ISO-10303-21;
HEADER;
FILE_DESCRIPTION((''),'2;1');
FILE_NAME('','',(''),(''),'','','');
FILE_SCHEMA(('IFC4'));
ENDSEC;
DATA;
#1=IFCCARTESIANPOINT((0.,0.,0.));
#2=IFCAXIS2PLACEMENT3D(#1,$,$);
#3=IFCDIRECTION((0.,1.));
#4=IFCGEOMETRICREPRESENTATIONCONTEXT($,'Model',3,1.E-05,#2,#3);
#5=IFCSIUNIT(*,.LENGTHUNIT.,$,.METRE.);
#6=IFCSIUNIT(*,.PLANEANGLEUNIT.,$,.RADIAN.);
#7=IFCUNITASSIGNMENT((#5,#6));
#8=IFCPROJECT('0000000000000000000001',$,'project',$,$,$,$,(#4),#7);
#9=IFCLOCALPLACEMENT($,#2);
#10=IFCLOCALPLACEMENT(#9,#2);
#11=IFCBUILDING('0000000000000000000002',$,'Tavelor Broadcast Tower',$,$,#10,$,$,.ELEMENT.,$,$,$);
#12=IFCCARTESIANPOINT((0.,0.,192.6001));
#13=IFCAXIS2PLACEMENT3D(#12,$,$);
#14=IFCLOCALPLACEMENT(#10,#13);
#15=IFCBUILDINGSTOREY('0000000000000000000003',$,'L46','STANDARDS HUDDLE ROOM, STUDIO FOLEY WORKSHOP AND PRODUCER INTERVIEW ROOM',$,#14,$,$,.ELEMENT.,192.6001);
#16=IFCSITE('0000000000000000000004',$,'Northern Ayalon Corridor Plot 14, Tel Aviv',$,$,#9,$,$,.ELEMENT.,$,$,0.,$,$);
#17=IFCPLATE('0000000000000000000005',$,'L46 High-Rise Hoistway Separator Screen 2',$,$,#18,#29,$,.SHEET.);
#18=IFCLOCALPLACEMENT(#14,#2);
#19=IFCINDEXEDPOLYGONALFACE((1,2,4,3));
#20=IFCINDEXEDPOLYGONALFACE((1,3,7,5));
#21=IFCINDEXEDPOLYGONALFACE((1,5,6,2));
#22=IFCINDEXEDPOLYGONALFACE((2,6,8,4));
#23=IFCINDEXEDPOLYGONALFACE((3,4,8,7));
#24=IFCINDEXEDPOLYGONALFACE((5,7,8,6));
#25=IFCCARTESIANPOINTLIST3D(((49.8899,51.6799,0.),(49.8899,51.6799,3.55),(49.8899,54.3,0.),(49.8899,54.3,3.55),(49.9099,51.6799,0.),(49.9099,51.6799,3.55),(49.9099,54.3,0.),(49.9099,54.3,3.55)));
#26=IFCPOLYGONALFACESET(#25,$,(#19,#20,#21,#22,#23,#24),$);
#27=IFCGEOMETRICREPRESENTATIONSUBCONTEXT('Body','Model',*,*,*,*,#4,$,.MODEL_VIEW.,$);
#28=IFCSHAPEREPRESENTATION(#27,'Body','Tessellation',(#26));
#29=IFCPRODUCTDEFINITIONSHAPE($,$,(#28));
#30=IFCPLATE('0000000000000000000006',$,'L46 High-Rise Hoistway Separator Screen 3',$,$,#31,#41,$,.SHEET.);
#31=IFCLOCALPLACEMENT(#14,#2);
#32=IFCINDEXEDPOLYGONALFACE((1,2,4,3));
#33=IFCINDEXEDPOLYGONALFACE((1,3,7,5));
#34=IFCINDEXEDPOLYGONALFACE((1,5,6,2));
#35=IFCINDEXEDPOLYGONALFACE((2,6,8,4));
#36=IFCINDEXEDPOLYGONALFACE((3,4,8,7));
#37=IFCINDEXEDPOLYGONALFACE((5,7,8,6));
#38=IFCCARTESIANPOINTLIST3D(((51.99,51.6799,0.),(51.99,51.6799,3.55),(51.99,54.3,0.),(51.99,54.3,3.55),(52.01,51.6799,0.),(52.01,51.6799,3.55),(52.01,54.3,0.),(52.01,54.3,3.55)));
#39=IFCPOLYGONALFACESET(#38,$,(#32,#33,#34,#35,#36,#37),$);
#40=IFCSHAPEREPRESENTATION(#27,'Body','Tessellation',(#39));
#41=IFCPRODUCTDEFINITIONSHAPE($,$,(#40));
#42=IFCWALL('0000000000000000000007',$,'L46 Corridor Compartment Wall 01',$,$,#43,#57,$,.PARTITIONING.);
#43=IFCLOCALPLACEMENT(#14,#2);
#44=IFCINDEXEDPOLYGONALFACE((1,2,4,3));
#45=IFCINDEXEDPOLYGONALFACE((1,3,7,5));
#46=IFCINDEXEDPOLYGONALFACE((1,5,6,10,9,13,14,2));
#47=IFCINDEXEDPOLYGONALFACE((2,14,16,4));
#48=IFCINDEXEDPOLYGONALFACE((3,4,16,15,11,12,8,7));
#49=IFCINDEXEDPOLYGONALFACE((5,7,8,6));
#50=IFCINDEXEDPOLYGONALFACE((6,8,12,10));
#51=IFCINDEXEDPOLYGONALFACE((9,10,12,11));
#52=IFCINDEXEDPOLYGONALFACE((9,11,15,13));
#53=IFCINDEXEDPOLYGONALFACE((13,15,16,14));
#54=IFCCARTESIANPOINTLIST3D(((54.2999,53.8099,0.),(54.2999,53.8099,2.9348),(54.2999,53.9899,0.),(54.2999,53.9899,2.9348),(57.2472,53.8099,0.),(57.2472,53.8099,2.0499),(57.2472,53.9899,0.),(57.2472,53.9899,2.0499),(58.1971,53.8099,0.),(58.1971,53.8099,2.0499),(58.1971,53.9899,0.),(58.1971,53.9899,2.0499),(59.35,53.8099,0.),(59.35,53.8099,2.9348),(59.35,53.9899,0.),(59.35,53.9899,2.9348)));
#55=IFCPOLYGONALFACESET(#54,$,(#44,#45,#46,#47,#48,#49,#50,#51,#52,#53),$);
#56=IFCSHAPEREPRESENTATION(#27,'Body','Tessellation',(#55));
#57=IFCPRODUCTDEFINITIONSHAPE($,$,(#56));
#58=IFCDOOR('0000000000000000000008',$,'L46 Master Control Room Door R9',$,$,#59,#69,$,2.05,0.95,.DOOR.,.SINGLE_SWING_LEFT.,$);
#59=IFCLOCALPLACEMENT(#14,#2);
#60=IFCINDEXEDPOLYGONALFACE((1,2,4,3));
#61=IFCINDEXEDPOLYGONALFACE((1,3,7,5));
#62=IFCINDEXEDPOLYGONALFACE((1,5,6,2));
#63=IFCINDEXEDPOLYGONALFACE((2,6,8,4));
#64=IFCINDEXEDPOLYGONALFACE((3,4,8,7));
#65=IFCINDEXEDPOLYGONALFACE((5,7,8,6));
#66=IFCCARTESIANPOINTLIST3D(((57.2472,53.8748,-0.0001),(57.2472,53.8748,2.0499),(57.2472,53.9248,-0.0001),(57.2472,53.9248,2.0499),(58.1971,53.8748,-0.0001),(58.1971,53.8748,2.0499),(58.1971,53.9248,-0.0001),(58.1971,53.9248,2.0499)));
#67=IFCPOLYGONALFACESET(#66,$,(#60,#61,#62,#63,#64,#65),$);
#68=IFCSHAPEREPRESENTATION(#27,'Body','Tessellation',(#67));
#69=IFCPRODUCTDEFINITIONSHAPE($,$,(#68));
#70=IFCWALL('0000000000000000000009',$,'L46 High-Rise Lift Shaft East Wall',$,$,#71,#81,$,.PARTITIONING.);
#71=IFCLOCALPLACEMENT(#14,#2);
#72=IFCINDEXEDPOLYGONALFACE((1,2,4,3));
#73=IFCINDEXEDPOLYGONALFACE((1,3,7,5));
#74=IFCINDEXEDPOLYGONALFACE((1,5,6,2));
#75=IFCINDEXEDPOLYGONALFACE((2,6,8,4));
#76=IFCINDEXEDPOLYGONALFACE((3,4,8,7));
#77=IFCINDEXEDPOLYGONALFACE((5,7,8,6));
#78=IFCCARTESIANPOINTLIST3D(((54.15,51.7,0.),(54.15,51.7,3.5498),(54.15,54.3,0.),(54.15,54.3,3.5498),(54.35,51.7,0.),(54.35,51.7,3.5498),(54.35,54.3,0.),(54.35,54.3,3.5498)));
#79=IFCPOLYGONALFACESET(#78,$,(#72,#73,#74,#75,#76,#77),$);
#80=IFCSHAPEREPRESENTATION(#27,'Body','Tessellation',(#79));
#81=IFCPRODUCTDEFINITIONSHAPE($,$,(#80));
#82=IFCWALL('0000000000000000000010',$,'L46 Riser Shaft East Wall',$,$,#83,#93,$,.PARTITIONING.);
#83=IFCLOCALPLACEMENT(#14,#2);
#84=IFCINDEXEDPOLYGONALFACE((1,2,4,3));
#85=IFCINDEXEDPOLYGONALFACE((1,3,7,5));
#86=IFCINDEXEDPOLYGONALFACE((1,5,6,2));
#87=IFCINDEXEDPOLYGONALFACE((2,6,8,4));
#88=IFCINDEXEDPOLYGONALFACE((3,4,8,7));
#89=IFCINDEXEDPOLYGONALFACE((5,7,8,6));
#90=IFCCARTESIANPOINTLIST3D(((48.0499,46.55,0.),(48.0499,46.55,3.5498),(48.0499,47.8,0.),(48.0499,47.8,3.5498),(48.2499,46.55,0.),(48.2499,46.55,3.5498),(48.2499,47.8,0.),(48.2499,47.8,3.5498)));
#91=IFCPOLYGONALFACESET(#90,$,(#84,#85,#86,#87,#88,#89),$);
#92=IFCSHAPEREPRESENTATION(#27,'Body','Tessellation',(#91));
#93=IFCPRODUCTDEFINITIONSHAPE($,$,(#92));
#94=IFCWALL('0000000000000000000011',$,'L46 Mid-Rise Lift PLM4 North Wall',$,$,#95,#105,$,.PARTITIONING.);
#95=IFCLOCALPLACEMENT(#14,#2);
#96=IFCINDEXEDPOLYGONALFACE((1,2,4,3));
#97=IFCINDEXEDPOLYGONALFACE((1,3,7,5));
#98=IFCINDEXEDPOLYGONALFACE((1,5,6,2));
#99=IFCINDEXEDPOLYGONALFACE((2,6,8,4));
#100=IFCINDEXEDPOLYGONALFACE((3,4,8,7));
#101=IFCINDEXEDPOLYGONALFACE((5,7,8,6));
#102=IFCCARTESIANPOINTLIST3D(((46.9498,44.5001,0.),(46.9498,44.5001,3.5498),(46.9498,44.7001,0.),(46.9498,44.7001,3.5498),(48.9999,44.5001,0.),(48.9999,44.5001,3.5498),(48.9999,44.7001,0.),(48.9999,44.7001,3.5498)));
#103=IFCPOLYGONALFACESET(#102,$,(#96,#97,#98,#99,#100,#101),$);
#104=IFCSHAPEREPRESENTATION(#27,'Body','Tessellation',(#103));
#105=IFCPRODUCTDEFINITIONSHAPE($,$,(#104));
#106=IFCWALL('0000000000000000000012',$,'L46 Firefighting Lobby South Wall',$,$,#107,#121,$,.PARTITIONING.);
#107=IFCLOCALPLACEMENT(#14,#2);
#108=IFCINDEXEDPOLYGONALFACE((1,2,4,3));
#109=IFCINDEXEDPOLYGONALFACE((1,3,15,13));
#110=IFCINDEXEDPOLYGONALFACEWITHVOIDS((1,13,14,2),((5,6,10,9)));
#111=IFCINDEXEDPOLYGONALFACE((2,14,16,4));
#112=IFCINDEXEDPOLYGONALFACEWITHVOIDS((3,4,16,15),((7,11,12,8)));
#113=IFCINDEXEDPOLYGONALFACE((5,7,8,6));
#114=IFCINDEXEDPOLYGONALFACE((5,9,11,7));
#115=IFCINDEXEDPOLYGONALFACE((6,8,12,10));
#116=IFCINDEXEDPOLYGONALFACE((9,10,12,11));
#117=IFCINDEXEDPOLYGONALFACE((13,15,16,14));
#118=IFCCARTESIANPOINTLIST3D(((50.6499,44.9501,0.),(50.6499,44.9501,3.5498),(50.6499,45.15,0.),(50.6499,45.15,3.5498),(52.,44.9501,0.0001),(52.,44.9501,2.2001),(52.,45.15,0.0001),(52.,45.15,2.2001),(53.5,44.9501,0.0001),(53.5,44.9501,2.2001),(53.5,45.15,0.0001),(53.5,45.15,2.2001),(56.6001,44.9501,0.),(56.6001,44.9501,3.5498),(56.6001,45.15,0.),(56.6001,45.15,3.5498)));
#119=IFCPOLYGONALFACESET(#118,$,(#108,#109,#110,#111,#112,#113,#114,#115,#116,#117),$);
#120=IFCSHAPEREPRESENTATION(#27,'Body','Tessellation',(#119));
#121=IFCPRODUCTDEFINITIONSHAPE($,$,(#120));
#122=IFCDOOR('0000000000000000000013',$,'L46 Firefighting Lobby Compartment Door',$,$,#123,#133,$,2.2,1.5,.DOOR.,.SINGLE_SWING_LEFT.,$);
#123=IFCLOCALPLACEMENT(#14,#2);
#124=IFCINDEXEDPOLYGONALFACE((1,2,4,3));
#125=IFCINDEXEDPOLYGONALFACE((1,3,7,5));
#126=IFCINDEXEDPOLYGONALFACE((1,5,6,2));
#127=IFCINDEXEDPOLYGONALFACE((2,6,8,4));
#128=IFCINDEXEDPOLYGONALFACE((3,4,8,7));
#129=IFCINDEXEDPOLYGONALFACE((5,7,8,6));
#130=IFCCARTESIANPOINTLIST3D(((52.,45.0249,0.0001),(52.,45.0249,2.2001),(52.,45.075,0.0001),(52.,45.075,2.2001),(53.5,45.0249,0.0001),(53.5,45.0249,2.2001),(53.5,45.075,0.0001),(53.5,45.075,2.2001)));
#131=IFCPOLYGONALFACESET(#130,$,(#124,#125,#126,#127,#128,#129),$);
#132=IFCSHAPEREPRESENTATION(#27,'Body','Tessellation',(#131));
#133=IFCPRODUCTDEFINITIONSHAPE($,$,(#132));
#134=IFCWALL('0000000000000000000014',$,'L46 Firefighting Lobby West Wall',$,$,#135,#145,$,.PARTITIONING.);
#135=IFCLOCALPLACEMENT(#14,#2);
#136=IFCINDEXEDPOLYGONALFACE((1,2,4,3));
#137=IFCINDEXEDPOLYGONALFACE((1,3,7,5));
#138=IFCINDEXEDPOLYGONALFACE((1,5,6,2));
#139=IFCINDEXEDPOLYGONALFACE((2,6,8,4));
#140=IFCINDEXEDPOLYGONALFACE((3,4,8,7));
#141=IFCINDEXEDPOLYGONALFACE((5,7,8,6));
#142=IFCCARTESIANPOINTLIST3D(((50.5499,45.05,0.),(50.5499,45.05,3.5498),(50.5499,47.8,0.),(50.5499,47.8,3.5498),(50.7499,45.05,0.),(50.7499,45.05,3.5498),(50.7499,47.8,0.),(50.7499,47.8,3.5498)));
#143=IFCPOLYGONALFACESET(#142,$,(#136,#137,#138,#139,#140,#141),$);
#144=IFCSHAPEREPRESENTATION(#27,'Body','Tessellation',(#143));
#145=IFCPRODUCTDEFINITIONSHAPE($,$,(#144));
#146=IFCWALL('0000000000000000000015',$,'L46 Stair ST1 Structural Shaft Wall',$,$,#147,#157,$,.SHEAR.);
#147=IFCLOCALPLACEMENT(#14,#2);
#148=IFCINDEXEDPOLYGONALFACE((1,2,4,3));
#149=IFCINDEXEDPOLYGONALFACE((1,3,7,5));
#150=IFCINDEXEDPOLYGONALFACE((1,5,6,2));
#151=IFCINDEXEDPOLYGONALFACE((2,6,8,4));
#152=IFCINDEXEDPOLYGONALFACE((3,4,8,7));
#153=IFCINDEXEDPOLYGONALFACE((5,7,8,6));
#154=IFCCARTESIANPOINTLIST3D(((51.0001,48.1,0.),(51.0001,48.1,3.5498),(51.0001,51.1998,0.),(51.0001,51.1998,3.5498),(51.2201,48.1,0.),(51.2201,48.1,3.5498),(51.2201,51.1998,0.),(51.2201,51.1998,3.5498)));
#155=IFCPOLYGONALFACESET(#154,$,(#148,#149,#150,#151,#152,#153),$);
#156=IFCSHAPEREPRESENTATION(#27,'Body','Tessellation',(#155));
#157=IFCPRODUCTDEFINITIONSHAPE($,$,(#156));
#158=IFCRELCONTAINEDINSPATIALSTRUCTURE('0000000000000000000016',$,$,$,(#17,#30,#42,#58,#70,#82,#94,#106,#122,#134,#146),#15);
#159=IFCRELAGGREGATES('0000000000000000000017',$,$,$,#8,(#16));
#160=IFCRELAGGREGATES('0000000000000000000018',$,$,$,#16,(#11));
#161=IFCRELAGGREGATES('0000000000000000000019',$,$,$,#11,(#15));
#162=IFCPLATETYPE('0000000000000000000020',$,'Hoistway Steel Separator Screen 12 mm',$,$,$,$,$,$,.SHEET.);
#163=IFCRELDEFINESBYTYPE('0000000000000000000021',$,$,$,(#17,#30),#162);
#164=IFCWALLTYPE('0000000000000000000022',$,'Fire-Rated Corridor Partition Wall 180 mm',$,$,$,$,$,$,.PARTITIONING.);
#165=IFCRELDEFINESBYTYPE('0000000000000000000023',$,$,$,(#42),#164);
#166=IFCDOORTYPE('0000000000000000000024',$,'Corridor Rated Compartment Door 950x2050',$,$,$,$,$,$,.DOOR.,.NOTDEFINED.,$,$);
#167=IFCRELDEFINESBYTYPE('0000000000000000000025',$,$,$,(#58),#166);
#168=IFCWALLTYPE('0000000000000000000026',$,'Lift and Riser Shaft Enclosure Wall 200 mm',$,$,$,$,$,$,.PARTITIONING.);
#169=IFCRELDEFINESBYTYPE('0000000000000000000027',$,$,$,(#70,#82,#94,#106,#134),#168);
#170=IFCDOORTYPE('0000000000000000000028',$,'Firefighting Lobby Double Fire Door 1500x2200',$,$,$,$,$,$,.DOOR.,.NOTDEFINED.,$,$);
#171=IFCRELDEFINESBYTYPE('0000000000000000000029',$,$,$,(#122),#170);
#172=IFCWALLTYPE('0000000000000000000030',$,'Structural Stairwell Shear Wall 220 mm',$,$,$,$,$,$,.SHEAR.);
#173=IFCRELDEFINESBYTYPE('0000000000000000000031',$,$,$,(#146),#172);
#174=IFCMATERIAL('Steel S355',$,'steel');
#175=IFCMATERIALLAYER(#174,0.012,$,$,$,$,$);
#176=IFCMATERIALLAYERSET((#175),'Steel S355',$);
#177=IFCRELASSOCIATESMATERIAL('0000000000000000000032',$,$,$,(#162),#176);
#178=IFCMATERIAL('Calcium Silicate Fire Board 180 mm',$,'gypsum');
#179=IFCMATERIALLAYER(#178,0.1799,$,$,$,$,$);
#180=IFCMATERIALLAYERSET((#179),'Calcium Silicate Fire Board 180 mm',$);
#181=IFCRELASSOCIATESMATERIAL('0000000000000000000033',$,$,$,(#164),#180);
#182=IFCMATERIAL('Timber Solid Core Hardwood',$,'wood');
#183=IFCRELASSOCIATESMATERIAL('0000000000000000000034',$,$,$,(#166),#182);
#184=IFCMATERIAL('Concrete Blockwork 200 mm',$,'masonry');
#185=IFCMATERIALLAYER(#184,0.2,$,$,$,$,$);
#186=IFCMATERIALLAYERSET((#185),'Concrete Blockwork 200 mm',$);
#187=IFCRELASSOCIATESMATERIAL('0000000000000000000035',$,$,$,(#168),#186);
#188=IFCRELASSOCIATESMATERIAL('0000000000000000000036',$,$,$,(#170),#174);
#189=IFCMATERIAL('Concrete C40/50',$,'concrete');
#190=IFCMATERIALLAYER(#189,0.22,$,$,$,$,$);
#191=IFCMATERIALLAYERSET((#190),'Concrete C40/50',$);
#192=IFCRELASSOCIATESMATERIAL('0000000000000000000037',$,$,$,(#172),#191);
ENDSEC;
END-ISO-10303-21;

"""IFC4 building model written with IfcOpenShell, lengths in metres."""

from ifc_helpers import new_model, si_unit, direction, frame, frame_2d, origin, origin_2d, place, context, subcontext, project, spatial, rectangle, extrude, source, transform, mapped, material, layer, layer_set, type_object, type_shapes, element, fill, save


model = new_model("IFC4")

# Units and contexts
model_context = context("Model", 3, precision=1e-05, world=origin(), true_north=direction((0.0, 1.0)))
body_context = subcontext(model_context, "Body", "Model", "MODEL_VIEW")
ifc_project = project(units=[si_unit("LENGTHUNIT", "METRE"), si_unit("PLANEANGLEUNIT", "RADIAN")], contexts=[model_context])

# Site, building, storey
site_placement = place(None, origin())
site = spatial("IfcSite", under=ifc_project, at=site_placement, Name="Northern Ayalon Corridor Plot 14, Tel Aviv", CompositionType="ELEMENT", RefElevation=0.0)
building_placement = place(site_placement, origin())
building = spatial("IfcBuilding", under=site, at=building_placement, Name="Tavelor Broadcast Tower", CompositionType="ELEMENT")
storey_placement = place(building_placement, frame((0.0, 0.0, 192.6001)))
storey = spatial("IfcBuildingStorey", under=building, at=storey_placement, Name="L46", Description="STANDARDS HUDDLE ROOM, STUDIO FOLEY WORKSHOP AND PRODUCER INTERVIEW ROOM", CompositionType="ELEMENT", Elevation=192.6001)

# Shared definitions
ifc_material_1 = material(Name="Concrete C40/50", Category="concrete")
ifc_material_2 = material(Name="Steel S355", Category="steel")

# Plates
ifc_layer_1 = layer(ifc_material_2, 0.012)
ifc_layer_set_1 = layer_set([ifc_layer_1], Name="Steel S355")
plate_type = type_object("IfcPlateType", Name="Hoistway Steel Separator Screen 12 mm", PredefinedType="SHEET", material=ifc_layer_set_1)
shared_shape = source(origin(), body_context, "Body", "SweptSolid", [
    extrude(rectangle(XDim=0.02, YDim=2.6201, at=origin_2d()), origin(), (0.0, 0.0, 1.0), 3.55),
])
type_shapes(plate_type, [shared_shape])
for number, where, z_axis, x_axis, name in (
    (1, (49.8999, 52.99, 0.0), (0.0, 0.0, 1.0), (1.0, 0.0, 0.0), "L46 High-Rise Hoistway Separator Screen 2"),
    (2, (52.0, 52.99, 0.0), (0.0, 0.0, 1.0), (1.0, 0.0, 0.0), "L46 High-Rise Hoistway Separator Screen 3"),
):
    element("IfcPlate", number, at=place(storey_placement, frame(where, z_axis=z_axis, x_axis=x_axis)), inside=storey, type_object=plate_type, Name=name, PredefinedType="SHEET", context=body_context, shape_type="MappedRepresentation", body=[
        mapped(shared_shape, transform((0.0, 0.0, 0.0), scale=1.0)),
    ])

# Wall, opening, door
ifc_material_3 = material(Name="Calcium Silicate Fire Board 180 mm", Category="gypsum")
ifc_layer_2 = layer(ifc_material_3, 0.1799)
ifc_layer_set_2 = layer_set([ifc_layer_2], Name="Calcium Silicate Fire Board 180 mm")
wall_type_1 = type_object("IfcWallType", Name="Fire-Rated Corridor Partition Wall 180 mm", PredefinedType="PARTITIONING", material=ifc_layer_set_2)
wall_1_placement = place(storey_placement, frame((54.3, 53.8999, 0.0), z_axis=(0.0, 0.0, 1.0), x_axis=(1.0, 0.0, 0.0)))
wall_1 = element("IfcWall", 3, at=wall_1_placement, inside=storey, type_object=wall_type_1, Name="L46 Corridor Compartment Wall 01", PredefinedType="PARTITIONING", context=body_context, shape_type="SweptSolid", body=[
    extrude(rectangle(XDim=5.05, YDim=0.1799, at=frame_2d((2.5249, 0.0))), origin(), (0.0, 0.0, 1.0), 2.9348),
])
opening_1_placement = place(wall_1_placement, frame((2.947, 0.0, 0.0)))
opening_1 = element("IfcOpeningElement", 4, at=opening_1_placement, cuts=wall_1, PredefinedType="OPENING", context=body_context, shape_type="SweptSolid", body=[
    extrude(rectangle(XDim=0.95, YDim=2.05, at=frame_2d((0.4751, 1.0249))), frame((0.0, 0.1001, 0.0), z_axis=(0.0, -1.0, 0.0), x_axis=(1.0, 0.0, 0.0)), (0.0, 0.0, 1.0), 0.2),
])
ifc_material_4 = material(Name="Timber Solid Core Hardwood", Category="wood")
door_type_1 = type_object("IfcDoorType", Name="Corridor Rated Compartment Door 950x2050", OperationType="NOTDEFINED", PredefinedType="DOOR", material=ifc_material_4)
door_1_placement = place(opening_1_placement, origin())
door_1 = element("IfcDoor", 5, at=door_1_placement, inside=storey, type_object=door_type_1, Name="L46 Master Control Room Door R9", OperationType="SINGLE_SWING_LEFT", OverallHeight=2.05, OverallWidth=0.95, PredefinedType="DOOR", context=body_context, shape_type="SweptSolid", body=[
    extrude(rectangle(XDim=0.95, YDim=2.05, at=frame_2d((0.4751, 1.0249))), frame((0.0, 0.0249, 0.0), z_axis=(0.0, -1.0, 0.0), x_axis=(1.0, 0.0, 0.0)), (0.0, 0.0, 1.0), 0.05),
])
fill(opening_1, door_1)

# Walls
ifc_material_5 = material(Name="Concrete Blockwork 200 mm", Category="masonry")
ifc_layer_3 = layer(ifc_material_5, 0.2)
ifc_layer_set_3 = layer_set([ifc_layer_3], Name="Concrete Blockwork 200 mm")
wall_type_2 = type_object("IfcWallType", Name="Lift and Riser Shaft Enclosure Wall 200 mm", PredefinedType="PARTITIONING", material=ifc_layer_set_3)
wall_2_placement = place(storey_placement, frame((54.25, 51.7, 0.0), z_axis=(0.0, 0.0, 1.0), x_axis=(0.0, 1.0, 0.0)))
element("IfcWall", 6, at=wall_2_placement, inside=storey, type_object=wall_type_2, Name="L46 High-Rise Lift Shaft East Wall", PredefinedType="PARTITIONING", context=body_context, shape_type="SweptSolid", body=[
    extrude(rectangle(XDim=2.6001, YDim=0.2, at=frame_2d((1.3, 0.0))), origin(), (0.0, 0.0, 1.0), 3.5498),
])
wall_3_placement = place(storey_placement, frame((48.1499, 46.55, 0.0), z_axis=(0.0, 0.0, 1.0), x_axis=(0.0, 1.0, 0.0)))
element("IfcWall", 7, at=wall_3_placement, inside=storey, type_object=wall_type_2, Name="L46 Riser Shaft East Wall", PredefinedType="PARTITIONING", context=body_context, shape_type="SweptSolid", body=[
    extrude(rectangle(XDim=1.25, YDim=0.2, at=frame_2d((0.625, 0.0))), origin(), (0.0, 0.0, 1.0), 3.5498),
])
wall_4_placement = place(storey_placement, frame((46.95, 44.6001, 0.0), z_axis=(0.0, 0.0, 1.0), x_axis=(1.0, 0.0, 0.0)))
element("IfcWall", 8, at=wall_4_placement, inside=storey, type_object=wall_type_2, Name="L46 Mid-Rise Lift PLM4 North Wall", PredefinedType="PARTITIONING", context=body_context, shape_type="SweptSolid", body=[
    extrude(rectangle(XDim=2.05, YDim=0.2, at=frame_2d((1.0249, 0.0))), origin(), (0.0, 0.0, 1.0), 3.5498),
])

# Wall, opening, door
wall_5_placement = place(storey_placement, frame((50.6499, 45.05, 0.0), z_axis=(0.0, 0.0, 1.0), x_axis=(1.0, 0.0, 0.0)))
wall_5 = element("IfcWall", 9, at=wall_5_placement, inside=storey, type_object=wall_type_2, Name="L46 Firefighting Lobby South Wall", PredefinedType="PARTITIONING", context=body_context, shape_type="SweptSolid", body=[
    extrude(rectangle(XDim=5.9502, YDim=0.2, at=frame_2d((2.9751, 0.0))), origin(), (0.0, 0.0, 1.0), 3.5498),
])
opening_2_placement = place(wall_5_placement, frame((1.3501, 0.0, 0.0)))
opening_2 = element("IfcOpeningElement", 10, at=opening_2_placement, cuts=wall_5, PredefinedType="OPENING", context=body_context, shape_type="SweptSolid", body=[
    extrude(rectangle(XDim=1.5, YDim=2.2, at=frame_2d((0.75, 1.1001))), frame((0.0, 0.1099, 0.0), z_axis=(0.0, -1.0, 0.0), x_axis=(1.0, 0.0, 0.0)), (0.0, 0.0, 1.0), 0.22),
])
door_type_2 = type_object("IfcDoorType", Name="Firefighting Lobby Double Fire Door 1500x2200", OperationType="NOTDEFINED", PredefinedType="DOOR", material=ifc_material_2)
door_2_placement = place(opening_2_placement, origin())
door_2 = element("IfcDoor", 11, at=door_2_placement, inside=storey, type_object=door_type_2, Name="L46 Firefighting Lobby Compartment Door", OperationType="SINGLE_SWING_LEFT", OverallHeight=2.2, OverallWidth=1.5, PredefinedType="DOOR", context=body_context, shape_type="SweptSolid", body=[
    extrude(rectangle(XDim=1.5, YDim=2.2, at=frame_2d((0.75, 1.1001))), frame((0.0, 0.0249, 0.0), z_axis=(0.0, -1.0, 0.0), x_axis=(1.0, 0.0, 0.0)), (0.0, 0.0, 1.0), 0.05),
])
fill(opening_2, door_2)

# Walls
wall_6_placement = place(storey_placement, frame((50.6499, 45.05, 0.0), z_axis=(0.0, 0.0, 1.0), x_axis=(0.0, 1.0, 0.0)))
element("IfcWall", 12, at=wall_6_placement, inside=storey, type_object=wall_type_2, Name="L46 Firefighting Lobby West Wall", PredefinedType="PARTITIONING", context=body_context, shape_type="SweptSolid", body=[
    extrude(rectangle(XDim=2.75, YDim=0.2, at=frame_2d((1.375, 0.0))), origin(), (0.0, 0.0, 1.0), 3.5498),
])
ifc_layer_4 = layer(ifc_material_1, 0.22)
ifc_layer_set_4 = layer_set([ifc_layer_4], Name="Concrete C40/50")
wall_type_3 = type_object("IfcWallType", Name="Structural Stairwell Shear Wall 220 mm", PredefinedType="SHEAR", material=ifc_layer_set_4)
wall_7_placement = place(storey_placement, frame((51.1101, 48.1001, 0.0), z_axis=(0.0, 0.0, 1.0), x_axis=(0.0, 1.0, 0.0)))
element("IfcWall", 13, at=wall_7_placement, inside=storey, type_object=wall_type_3, Name="L46 Stair ST1 Structural Shaft Wall", PredefinedType="SHEAR", context=body_context, shape_type="SweptSolid", body=[
    extrude(rectangle(XDim=3.0999, YDim=0.22, at=frame_2d((1.5498, 0.0))), origin(), (0.0, 0.0, 1.0), 3.5498),
])

save(model, "model.ifc")
